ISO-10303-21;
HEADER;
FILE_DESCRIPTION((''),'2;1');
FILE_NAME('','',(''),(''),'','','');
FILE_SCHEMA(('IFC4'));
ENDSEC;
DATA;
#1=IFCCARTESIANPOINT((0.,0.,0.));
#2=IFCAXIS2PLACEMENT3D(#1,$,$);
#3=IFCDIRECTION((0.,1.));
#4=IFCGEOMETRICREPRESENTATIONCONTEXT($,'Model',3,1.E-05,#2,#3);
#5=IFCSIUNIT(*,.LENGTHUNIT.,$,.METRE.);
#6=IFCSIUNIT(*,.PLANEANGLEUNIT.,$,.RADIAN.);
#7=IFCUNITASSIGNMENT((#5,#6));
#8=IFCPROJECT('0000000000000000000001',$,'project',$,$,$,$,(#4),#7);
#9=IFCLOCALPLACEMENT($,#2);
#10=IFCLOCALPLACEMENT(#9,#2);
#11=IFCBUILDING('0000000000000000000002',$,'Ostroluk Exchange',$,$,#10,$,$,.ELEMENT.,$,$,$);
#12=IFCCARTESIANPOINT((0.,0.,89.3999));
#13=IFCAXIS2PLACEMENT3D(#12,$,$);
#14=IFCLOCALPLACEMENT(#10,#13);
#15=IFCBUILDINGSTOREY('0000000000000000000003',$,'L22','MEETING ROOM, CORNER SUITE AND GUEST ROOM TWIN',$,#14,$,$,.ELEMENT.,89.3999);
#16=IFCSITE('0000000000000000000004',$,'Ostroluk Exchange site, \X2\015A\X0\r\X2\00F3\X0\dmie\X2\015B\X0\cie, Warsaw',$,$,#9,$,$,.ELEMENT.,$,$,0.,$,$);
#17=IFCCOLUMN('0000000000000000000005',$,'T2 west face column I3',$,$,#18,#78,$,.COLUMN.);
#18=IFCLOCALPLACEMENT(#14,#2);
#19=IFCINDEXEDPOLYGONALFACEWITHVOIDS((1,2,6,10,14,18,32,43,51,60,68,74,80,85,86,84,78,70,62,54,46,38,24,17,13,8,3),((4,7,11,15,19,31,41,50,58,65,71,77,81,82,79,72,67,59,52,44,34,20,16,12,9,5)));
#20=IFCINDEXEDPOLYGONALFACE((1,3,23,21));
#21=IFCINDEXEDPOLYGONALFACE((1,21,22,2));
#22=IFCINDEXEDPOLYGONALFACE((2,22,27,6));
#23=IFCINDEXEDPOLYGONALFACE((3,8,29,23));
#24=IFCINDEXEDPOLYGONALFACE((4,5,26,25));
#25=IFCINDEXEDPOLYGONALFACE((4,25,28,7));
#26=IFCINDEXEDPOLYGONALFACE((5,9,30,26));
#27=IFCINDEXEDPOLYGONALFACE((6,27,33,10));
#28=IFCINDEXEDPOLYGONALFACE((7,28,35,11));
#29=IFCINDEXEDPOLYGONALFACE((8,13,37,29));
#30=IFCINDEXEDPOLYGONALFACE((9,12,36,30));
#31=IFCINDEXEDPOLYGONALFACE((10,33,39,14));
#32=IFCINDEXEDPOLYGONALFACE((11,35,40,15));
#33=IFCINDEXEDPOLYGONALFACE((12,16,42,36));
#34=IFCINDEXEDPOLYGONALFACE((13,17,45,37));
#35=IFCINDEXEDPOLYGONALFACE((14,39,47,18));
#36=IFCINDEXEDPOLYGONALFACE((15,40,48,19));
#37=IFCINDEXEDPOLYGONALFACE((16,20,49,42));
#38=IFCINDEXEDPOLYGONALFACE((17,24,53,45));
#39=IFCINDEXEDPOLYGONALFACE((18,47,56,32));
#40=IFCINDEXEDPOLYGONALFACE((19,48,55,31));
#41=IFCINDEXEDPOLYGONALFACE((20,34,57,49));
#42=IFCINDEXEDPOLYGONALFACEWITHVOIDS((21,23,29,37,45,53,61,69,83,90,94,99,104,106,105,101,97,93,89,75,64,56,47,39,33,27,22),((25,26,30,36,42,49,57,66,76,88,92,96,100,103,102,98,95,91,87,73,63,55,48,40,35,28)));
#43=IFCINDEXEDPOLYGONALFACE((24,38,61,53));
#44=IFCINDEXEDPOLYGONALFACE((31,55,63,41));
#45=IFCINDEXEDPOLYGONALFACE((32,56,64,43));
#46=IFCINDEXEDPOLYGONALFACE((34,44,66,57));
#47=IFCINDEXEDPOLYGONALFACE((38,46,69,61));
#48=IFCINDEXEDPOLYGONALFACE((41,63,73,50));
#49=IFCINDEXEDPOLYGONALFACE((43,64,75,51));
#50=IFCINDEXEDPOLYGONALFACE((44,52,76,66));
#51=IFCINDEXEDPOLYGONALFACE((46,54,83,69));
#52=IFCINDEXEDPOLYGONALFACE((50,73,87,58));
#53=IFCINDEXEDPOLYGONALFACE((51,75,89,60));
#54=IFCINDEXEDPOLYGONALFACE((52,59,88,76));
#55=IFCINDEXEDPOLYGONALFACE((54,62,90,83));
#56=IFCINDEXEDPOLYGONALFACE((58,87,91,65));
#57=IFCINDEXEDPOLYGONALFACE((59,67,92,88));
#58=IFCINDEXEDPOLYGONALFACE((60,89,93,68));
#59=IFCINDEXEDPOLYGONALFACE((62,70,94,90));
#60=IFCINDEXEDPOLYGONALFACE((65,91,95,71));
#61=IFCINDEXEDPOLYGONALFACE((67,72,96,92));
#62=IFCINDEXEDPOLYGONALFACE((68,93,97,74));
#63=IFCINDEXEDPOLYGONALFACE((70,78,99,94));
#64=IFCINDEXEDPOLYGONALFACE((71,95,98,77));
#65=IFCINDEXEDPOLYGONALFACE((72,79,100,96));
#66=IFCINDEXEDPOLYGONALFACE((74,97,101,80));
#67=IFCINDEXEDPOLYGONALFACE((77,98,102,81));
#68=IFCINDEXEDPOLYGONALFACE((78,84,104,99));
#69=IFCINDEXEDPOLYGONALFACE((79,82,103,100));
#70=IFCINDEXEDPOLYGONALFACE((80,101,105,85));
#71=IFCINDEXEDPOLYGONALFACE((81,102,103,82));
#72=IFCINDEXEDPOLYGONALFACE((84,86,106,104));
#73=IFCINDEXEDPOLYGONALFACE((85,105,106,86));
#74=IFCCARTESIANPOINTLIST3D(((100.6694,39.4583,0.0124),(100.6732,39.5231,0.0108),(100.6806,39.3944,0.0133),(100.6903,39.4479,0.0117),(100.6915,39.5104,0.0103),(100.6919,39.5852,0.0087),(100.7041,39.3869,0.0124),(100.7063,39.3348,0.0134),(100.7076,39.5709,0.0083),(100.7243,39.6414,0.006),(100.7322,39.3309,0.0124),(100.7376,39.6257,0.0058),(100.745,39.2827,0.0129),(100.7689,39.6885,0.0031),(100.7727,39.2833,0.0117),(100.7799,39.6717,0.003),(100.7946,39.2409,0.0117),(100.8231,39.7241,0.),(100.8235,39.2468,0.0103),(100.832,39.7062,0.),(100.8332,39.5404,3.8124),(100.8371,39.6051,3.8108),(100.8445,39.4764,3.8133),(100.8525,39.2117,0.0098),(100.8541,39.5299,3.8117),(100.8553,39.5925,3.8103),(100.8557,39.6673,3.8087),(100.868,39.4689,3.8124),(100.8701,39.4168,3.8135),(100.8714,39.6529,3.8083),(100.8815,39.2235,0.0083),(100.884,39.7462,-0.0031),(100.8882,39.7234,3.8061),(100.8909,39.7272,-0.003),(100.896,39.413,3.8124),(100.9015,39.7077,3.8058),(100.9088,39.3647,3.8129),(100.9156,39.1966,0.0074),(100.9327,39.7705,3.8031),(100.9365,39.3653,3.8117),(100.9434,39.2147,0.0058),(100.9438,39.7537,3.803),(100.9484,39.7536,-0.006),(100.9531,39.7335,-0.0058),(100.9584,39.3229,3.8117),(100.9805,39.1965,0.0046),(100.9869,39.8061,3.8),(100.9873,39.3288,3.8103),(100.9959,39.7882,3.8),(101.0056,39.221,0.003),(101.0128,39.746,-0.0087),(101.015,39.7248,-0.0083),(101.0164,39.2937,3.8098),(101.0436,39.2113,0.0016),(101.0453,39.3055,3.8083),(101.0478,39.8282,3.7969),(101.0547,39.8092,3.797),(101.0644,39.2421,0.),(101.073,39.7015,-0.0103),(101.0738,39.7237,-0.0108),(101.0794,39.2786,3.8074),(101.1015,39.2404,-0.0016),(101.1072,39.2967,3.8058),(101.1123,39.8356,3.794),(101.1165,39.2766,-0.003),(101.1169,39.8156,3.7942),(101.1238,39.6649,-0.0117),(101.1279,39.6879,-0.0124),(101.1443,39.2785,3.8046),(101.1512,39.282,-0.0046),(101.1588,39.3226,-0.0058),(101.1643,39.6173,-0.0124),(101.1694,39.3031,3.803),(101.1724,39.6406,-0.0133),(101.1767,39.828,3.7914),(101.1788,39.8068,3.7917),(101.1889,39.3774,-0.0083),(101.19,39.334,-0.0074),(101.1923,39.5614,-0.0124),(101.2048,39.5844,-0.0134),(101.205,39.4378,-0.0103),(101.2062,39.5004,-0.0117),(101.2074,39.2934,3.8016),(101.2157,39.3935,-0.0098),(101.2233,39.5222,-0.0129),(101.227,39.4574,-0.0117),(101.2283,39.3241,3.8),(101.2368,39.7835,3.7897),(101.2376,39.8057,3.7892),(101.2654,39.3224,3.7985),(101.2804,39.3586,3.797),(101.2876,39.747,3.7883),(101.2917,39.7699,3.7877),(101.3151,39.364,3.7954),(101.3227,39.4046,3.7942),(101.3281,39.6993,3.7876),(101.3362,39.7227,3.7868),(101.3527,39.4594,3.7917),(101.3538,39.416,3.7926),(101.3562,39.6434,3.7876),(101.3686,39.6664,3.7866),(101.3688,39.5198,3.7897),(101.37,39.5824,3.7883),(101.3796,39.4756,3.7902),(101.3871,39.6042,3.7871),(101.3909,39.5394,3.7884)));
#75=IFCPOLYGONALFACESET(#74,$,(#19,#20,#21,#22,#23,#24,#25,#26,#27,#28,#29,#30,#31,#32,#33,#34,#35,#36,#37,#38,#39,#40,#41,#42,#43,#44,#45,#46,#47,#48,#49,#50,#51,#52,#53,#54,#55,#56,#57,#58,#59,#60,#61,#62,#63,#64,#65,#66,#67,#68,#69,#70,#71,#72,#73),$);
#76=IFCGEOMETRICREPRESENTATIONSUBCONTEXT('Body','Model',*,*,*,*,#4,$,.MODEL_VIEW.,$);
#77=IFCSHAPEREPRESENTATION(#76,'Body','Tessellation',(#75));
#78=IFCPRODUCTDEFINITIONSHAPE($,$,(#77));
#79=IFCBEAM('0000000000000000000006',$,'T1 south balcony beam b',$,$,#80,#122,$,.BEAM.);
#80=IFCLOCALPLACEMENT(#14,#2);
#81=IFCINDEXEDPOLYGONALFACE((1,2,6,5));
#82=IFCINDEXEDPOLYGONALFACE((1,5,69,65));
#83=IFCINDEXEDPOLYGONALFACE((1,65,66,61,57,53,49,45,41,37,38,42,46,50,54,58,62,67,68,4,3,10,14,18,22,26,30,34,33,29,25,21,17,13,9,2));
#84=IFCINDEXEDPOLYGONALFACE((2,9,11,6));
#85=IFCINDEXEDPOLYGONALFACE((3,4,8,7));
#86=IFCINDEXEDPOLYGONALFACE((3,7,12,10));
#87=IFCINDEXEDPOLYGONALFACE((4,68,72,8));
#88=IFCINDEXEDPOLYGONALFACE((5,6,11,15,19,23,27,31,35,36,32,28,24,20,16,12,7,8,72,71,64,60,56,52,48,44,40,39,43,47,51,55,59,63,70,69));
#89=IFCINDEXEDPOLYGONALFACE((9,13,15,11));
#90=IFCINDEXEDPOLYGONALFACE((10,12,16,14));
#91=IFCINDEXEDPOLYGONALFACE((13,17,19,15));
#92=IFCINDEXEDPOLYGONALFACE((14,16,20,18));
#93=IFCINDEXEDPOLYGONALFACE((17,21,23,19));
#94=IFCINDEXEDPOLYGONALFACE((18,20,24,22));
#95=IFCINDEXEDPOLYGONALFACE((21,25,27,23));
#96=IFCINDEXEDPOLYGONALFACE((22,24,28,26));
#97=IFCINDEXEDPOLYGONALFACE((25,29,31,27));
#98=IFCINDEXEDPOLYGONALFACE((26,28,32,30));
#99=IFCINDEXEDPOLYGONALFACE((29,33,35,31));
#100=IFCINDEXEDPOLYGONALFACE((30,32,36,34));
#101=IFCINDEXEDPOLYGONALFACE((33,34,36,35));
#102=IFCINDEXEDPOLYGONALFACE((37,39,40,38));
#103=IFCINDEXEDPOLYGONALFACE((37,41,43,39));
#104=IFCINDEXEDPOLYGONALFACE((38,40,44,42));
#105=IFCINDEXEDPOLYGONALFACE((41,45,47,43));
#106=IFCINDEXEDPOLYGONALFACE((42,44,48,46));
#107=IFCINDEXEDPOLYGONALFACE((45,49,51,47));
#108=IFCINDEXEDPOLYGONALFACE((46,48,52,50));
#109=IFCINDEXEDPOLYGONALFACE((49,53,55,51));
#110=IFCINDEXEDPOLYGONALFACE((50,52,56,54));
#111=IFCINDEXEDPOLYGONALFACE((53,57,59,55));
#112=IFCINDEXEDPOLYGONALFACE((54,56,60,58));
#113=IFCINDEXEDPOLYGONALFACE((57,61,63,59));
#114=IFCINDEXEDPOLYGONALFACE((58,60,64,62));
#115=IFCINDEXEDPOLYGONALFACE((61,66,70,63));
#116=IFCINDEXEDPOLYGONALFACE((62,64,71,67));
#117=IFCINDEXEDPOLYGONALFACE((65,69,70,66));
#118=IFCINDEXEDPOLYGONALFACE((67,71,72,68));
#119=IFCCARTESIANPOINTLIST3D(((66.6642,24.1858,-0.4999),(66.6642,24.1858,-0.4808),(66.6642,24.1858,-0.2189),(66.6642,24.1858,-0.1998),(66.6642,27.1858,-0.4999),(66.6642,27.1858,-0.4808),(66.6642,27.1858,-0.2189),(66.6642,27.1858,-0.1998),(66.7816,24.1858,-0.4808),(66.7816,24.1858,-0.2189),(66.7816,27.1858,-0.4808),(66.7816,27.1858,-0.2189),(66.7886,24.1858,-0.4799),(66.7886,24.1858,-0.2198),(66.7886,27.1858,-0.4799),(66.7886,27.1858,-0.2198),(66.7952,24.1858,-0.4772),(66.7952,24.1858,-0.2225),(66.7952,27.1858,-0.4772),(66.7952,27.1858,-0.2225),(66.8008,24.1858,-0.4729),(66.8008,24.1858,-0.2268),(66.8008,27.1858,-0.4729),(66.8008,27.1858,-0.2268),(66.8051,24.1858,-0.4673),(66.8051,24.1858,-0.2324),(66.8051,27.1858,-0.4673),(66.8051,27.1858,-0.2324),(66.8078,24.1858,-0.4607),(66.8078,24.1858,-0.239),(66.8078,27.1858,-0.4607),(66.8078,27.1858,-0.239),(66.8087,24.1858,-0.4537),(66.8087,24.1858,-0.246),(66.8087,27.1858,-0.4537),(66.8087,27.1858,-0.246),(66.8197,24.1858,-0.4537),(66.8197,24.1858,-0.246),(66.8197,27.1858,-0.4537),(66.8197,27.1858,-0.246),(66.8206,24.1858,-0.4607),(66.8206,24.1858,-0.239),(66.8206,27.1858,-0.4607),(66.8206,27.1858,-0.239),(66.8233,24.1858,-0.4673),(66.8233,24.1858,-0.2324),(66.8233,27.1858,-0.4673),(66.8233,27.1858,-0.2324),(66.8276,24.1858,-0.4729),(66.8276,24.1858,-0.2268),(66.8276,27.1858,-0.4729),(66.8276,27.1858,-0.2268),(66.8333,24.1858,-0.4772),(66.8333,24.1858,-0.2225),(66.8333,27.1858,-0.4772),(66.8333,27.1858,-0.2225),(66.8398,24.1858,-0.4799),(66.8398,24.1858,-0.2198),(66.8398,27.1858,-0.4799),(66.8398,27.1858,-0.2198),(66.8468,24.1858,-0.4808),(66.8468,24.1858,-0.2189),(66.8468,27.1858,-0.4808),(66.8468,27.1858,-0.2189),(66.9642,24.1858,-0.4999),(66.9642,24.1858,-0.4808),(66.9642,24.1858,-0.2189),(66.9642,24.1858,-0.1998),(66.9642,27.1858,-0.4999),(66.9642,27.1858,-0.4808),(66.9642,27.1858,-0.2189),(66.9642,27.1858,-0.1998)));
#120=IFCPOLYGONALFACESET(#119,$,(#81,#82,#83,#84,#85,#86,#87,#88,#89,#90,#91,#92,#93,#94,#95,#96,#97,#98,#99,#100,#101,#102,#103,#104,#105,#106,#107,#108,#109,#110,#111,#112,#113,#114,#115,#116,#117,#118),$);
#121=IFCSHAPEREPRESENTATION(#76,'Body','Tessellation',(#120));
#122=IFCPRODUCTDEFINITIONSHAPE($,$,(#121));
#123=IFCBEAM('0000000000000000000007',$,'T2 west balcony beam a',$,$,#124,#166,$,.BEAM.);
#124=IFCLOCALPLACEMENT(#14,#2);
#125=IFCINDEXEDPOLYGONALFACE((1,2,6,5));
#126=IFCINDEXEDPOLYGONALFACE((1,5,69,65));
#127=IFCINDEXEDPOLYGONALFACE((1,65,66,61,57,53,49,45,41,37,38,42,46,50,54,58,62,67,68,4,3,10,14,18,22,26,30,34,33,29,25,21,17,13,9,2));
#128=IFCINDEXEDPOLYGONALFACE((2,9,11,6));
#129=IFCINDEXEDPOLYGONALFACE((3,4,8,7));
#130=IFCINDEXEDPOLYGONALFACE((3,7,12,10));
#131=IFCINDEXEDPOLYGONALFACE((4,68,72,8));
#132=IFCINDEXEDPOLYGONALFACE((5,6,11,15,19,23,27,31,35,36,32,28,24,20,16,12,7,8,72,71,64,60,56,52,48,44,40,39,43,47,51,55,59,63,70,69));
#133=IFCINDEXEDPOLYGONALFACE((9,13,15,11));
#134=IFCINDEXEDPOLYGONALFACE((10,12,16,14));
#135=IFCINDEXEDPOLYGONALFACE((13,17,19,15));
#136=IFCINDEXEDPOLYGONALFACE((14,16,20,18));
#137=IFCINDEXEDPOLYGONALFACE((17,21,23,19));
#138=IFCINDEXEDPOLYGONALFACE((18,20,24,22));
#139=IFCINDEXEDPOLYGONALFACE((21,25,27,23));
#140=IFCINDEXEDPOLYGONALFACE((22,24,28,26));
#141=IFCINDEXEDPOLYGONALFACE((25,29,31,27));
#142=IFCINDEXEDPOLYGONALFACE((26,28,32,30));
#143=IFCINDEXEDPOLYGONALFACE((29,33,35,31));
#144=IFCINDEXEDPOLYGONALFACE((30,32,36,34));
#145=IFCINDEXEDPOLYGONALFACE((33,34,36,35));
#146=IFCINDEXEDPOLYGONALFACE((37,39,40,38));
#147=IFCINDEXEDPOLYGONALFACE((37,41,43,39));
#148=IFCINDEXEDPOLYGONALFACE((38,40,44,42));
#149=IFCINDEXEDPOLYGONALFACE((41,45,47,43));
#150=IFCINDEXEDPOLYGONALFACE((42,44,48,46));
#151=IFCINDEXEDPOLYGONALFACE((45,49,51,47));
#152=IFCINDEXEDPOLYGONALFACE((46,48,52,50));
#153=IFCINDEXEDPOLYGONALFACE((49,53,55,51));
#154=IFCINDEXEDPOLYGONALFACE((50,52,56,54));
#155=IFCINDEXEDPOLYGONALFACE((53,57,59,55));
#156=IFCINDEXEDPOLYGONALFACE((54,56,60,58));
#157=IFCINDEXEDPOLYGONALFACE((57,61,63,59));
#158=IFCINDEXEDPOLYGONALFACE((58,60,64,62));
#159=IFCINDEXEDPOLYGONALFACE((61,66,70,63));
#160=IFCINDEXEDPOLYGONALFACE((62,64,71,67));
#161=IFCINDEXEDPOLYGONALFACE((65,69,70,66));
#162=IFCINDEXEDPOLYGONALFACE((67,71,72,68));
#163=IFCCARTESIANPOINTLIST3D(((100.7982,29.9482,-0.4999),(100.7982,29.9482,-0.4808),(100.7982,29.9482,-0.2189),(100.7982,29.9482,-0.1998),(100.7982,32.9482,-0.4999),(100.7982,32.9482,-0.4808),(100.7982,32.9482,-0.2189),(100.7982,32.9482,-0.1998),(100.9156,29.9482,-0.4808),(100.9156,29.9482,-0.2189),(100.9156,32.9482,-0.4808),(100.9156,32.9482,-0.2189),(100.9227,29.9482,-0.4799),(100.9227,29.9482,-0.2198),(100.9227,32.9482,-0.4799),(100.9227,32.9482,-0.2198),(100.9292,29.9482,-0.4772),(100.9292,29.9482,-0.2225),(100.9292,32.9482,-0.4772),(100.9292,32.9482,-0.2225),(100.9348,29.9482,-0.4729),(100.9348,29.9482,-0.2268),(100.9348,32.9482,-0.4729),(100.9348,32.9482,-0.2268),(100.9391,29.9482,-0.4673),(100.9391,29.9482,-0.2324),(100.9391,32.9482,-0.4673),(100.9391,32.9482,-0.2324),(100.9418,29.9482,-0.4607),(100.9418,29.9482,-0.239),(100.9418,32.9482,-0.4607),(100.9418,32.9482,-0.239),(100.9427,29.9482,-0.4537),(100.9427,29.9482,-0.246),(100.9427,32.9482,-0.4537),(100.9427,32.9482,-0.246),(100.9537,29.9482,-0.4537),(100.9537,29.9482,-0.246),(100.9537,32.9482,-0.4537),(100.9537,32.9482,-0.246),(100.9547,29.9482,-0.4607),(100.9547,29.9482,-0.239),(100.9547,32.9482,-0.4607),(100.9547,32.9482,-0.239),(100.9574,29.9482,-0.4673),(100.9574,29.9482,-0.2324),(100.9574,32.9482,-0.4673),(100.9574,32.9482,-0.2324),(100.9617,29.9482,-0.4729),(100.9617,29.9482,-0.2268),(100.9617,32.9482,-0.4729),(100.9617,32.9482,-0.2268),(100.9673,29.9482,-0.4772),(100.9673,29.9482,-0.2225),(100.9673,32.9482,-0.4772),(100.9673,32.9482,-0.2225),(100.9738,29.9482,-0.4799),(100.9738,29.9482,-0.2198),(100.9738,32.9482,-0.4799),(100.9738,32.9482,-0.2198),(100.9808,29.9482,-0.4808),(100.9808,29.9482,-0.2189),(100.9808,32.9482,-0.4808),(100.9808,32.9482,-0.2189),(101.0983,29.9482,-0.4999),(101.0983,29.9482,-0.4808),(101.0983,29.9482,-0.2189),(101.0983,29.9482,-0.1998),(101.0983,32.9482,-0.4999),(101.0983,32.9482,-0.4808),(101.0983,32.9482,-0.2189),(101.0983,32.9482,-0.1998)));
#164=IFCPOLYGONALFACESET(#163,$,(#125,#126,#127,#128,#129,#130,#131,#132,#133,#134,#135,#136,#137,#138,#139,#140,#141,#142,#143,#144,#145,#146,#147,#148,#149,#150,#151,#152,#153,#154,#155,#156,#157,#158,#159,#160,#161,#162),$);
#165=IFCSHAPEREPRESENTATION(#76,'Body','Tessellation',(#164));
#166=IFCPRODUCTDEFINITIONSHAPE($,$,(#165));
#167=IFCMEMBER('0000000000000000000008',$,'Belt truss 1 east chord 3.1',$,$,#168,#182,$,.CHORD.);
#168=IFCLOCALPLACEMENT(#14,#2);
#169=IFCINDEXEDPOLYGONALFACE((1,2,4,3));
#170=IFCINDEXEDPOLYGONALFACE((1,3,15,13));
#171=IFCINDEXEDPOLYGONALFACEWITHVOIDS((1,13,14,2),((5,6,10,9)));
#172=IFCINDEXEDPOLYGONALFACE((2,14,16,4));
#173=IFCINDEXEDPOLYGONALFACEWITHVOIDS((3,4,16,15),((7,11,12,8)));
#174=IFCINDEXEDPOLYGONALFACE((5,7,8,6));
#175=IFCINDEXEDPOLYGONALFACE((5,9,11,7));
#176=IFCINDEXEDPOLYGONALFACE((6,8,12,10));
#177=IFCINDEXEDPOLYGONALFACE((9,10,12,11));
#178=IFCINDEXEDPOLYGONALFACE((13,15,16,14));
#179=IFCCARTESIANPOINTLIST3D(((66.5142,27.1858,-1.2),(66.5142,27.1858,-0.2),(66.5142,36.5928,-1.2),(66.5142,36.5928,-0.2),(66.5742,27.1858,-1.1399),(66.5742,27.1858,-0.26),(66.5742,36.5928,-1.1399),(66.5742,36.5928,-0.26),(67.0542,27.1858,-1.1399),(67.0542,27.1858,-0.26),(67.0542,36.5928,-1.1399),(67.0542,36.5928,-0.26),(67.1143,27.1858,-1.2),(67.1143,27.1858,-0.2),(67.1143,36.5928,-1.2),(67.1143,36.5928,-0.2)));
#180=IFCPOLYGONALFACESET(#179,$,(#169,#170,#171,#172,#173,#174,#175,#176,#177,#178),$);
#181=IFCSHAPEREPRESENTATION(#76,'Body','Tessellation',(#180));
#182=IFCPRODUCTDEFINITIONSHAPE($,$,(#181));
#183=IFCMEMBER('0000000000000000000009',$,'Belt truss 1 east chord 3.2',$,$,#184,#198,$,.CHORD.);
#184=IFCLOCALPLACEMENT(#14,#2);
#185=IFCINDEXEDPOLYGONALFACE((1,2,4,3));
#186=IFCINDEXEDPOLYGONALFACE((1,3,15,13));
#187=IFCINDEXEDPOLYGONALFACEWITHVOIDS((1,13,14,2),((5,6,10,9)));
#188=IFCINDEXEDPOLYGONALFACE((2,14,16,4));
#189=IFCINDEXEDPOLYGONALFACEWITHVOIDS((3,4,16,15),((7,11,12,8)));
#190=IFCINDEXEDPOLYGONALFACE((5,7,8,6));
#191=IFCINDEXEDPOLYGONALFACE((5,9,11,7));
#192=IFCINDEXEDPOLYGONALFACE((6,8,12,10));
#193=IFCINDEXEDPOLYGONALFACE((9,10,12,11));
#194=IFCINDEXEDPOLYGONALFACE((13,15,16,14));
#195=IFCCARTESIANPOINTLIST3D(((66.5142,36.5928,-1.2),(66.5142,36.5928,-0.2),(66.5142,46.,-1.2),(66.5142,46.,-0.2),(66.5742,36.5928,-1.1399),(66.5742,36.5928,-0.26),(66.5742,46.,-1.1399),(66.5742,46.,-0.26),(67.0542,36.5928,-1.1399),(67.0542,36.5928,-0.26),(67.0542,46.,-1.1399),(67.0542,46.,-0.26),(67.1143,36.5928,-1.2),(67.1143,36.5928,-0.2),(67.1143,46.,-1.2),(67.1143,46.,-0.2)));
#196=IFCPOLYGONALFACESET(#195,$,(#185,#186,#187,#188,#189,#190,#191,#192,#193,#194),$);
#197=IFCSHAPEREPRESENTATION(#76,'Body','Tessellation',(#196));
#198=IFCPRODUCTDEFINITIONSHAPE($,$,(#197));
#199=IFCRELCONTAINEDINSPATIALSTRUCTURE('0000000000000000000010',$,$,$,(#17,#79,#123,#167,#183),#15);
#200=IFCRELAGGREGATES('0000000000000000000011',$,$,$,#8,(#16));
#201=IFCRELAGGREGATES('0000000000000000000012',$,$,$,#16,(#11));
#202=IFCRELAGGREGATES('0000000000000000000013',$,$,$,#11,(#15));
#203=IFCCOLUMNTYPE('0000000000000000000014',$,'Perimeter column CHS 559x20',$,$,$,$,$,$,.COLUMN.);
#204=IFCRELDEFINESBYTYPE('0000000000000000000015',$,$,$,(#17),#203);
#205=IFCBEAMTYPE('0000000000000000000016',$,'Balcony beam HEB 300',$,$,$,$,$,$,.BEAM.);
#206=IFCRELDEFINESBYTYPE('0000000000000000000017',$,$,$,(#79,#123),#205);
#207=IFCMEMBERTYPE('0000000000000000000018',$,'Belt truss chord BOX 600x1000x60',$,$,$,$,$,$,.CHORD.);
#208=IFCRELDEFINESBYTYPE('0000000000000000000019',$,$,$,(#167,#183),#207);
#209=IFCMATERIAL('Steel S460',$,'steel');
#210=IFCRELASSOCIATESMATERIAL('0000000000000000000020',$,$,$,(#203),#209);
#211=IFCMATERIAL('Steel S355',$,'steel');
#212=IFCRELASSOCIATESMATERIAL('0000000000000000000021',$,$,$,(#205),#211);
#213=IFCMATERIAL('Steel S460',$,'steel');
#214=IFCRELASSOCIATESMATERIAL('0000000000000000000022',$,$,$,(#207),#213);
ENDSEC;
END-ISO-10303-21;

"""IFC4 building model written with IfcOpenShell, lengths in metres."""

from ifc_helpers import new_model, si_unit, direction, frame, origin, origin_2d, place, context, subcontext, project, spatial, hollow_rectangle, hollow_circle, i_section, extrude, material, material_profile, profile_set, type_object, element, save


model = new_model("IFC4")

# Units and contexts
model_context = context("Model", 3, precision=1e-05, world=origin(), true_north=direction((0.0, 1.0)))
body_context = subcontext(model_context, "Body", "Model", "MODEL_VIEW")
ifc_project = project(units=[si_unit("LENGTHUNIT", "METRE"), si_unit("PLANEANGLEUNIT", "RADIAN")], contexts=[model_context])

# Site, building, storey
site_placement = place(None, origin())
site = spatial("IfcSite", under=ifc_project, at=site_placement, Name="Ostroluk Exchange site, Śródmieście, Warsaw", CompositionType="ELEMENT", RefElevation=0.0)
building_placement = place(site_placement, origin())
building = spatial("IfcBuilding", under=site, at=building_placement, Name="Ostroluk Exchange", CompositionType="ELEMENT")
storey_placement = place(building_placement, frame((0.0, 0.0, 89.3999)))
storey = spatial("IfcBuildingStorey", under=building, at=storey_placement, Name="L22", Description="MEETING ROOM, CORNER SUITE AND GUEST ROOM TWIN", CompositionType="ELEMENT", Elevation=89.3999)

# Column
ifc_material_1 = material(Name="Steel S460", Category="steel")
ifc_material_profile_1 = material_profile(ifc_material_1, hollow_circle(Radius=0.2795, WallThickness=0.02, at=origin_2d()), Name="CHS 559x20")
ifc_profile_set_1 = profile_set([ifc_material_profile_1], Name="Steel S460")
column_type_1 = type_object("IfcColumnType", Name="Perimeter column CHS 559x20", PredefinedType="COLUMN", material=ifc_profile_set_1)
column_1_placement = place(storey_placement, frame((100.9482, 39.4741, 0.0), z_axis=(0.04306, 0.021562, 0.99884), x_axis=(-0.447747, 0.894161, 0.0)))
element("IfcColumn", 1, at=column_1_placement, inside=storey, type_object=column_type_1, Name="T2 west face column I3", PredefinedType="COLUMN", context=body_context, shape_type="SweptSolid", body=[
    extrude(hollow_circle(Radius=0.2795, WallThickness=0.02, at=origin_2d()), origin(), (0.0, 0.0, 1.0), 3.8044),
])

# Beams
ifc_material_2 = material(Name="Steel S355", Category="steel")
ifc_material_profile_2 = material_profile(ifc_material_2, i_section(OverallWidth=0.3, OverallDepth=0.3, WebThickness=0.011, FlangeThickness=0.019, FilletRadius=0.0271, at=origin_2d()), Name="HEB 300")
ifc_profile_set_2 = profile_set([ifc_material_profile_2], Name="Steel S355")
beam_type_1 = type_object("IfcBeamType", Name="Balcony beam HEB 300", PredefinedType="BEAM", material=ifc_profile_set_2)
for number, where, z_axis, x_axis, name in (
    (2, (66.8142, 27.1858, -0.3499), (0.0, -1.0, 0.0), (1.0, 0.0, 0.0), "T1 south balcony beam b"),
    (3, (100.9482, 32.9482, -0.3499), (0.0, -1.0, 0.0), (1.0, 0.0, 0.0), "T2 west balcony beam a"),
):
    element("IfcBeam", number, at=place(storey_placement, frame(where, z_axis=z_axis, x_axis=x_axis)), inside=storey, type_object=beam_type_1, Name=name, PredefinedType="BEAM", context=body_context, shape_type="SweptSolid", body=[
        extrude(i_section(OverallWidth=0.3, OverallDepth=0.3, WebThickness=0.011, FlangeThickness=0.019, FilletRadius=0.0271, at=origin_2d()), origin(), (0.0, 0.0, 1.0), 3.0),
    ])

# Members
ifc_material_3 = material(Name="Steel S460", Category="steel")
ifc_material_profile_3 = material_profile(ifc_material_3, hollow_rectangle(XDim=0.6001, YDim=1.0, WallThickness=0.0601, at=origin_2d()), Name="BOX 600x1000x60")
ifc_profile_set_3 = profile_set([ifc_material_profile_3], Name="Steel S460")
member_type_1 = type_object("IfcMemberType", Name="Belt truss chord BOX 600x1000x60", PredefinedType="CHORD", material=ifc_profile_set_3)
member_1_placement = place(storey_placement, frame((66.8142, 27.1858, -0.7), z_axis=(0.0, 1.0, 0.0), x_axis=(-1.0, 0.0, 0.0)))
element("IfcMember", 4, at=member_1_placement, inside=storey, type_object=member_type_1, Name="Belt truss 1 east chord 3.1", PredefinedType="CHORD", context=body_context, shape_type="SweptSolid", body=[
    extrude(hollow_rectangle(XDim=0.6001, YDim=1.0, WallThickness=0.0601, at=origin_2d()), origin(), (0.0, 0.0, 1.0), 9.407),
])
for number, where, z_axis, x_axis, name in (
    (5, (66.8142, 36.5928, -0.7), (0.0, 1.0, 0.0), (-1.0, 0.0, 0.0), "Belt truss 1 east chord 3.2"),
):
    element("IfcMember", number, at=place(storey_placement, frame(where, z_axis=z_axis, x_axis=x_axis)), inside=storey, type_object=member_type_1, Name=name, PredefinedType="CHORD", context=body_context, shape_type="SweptSolid", body=[
        extrude(hollow_rectangle(XDim=0.6001, YDim=1.0, WallThickness=0.0601, at=origin_2d()), origin(), (0.0, 0.0, 1.0), 9.4072),
    ])

save(model, "model.ifc")
